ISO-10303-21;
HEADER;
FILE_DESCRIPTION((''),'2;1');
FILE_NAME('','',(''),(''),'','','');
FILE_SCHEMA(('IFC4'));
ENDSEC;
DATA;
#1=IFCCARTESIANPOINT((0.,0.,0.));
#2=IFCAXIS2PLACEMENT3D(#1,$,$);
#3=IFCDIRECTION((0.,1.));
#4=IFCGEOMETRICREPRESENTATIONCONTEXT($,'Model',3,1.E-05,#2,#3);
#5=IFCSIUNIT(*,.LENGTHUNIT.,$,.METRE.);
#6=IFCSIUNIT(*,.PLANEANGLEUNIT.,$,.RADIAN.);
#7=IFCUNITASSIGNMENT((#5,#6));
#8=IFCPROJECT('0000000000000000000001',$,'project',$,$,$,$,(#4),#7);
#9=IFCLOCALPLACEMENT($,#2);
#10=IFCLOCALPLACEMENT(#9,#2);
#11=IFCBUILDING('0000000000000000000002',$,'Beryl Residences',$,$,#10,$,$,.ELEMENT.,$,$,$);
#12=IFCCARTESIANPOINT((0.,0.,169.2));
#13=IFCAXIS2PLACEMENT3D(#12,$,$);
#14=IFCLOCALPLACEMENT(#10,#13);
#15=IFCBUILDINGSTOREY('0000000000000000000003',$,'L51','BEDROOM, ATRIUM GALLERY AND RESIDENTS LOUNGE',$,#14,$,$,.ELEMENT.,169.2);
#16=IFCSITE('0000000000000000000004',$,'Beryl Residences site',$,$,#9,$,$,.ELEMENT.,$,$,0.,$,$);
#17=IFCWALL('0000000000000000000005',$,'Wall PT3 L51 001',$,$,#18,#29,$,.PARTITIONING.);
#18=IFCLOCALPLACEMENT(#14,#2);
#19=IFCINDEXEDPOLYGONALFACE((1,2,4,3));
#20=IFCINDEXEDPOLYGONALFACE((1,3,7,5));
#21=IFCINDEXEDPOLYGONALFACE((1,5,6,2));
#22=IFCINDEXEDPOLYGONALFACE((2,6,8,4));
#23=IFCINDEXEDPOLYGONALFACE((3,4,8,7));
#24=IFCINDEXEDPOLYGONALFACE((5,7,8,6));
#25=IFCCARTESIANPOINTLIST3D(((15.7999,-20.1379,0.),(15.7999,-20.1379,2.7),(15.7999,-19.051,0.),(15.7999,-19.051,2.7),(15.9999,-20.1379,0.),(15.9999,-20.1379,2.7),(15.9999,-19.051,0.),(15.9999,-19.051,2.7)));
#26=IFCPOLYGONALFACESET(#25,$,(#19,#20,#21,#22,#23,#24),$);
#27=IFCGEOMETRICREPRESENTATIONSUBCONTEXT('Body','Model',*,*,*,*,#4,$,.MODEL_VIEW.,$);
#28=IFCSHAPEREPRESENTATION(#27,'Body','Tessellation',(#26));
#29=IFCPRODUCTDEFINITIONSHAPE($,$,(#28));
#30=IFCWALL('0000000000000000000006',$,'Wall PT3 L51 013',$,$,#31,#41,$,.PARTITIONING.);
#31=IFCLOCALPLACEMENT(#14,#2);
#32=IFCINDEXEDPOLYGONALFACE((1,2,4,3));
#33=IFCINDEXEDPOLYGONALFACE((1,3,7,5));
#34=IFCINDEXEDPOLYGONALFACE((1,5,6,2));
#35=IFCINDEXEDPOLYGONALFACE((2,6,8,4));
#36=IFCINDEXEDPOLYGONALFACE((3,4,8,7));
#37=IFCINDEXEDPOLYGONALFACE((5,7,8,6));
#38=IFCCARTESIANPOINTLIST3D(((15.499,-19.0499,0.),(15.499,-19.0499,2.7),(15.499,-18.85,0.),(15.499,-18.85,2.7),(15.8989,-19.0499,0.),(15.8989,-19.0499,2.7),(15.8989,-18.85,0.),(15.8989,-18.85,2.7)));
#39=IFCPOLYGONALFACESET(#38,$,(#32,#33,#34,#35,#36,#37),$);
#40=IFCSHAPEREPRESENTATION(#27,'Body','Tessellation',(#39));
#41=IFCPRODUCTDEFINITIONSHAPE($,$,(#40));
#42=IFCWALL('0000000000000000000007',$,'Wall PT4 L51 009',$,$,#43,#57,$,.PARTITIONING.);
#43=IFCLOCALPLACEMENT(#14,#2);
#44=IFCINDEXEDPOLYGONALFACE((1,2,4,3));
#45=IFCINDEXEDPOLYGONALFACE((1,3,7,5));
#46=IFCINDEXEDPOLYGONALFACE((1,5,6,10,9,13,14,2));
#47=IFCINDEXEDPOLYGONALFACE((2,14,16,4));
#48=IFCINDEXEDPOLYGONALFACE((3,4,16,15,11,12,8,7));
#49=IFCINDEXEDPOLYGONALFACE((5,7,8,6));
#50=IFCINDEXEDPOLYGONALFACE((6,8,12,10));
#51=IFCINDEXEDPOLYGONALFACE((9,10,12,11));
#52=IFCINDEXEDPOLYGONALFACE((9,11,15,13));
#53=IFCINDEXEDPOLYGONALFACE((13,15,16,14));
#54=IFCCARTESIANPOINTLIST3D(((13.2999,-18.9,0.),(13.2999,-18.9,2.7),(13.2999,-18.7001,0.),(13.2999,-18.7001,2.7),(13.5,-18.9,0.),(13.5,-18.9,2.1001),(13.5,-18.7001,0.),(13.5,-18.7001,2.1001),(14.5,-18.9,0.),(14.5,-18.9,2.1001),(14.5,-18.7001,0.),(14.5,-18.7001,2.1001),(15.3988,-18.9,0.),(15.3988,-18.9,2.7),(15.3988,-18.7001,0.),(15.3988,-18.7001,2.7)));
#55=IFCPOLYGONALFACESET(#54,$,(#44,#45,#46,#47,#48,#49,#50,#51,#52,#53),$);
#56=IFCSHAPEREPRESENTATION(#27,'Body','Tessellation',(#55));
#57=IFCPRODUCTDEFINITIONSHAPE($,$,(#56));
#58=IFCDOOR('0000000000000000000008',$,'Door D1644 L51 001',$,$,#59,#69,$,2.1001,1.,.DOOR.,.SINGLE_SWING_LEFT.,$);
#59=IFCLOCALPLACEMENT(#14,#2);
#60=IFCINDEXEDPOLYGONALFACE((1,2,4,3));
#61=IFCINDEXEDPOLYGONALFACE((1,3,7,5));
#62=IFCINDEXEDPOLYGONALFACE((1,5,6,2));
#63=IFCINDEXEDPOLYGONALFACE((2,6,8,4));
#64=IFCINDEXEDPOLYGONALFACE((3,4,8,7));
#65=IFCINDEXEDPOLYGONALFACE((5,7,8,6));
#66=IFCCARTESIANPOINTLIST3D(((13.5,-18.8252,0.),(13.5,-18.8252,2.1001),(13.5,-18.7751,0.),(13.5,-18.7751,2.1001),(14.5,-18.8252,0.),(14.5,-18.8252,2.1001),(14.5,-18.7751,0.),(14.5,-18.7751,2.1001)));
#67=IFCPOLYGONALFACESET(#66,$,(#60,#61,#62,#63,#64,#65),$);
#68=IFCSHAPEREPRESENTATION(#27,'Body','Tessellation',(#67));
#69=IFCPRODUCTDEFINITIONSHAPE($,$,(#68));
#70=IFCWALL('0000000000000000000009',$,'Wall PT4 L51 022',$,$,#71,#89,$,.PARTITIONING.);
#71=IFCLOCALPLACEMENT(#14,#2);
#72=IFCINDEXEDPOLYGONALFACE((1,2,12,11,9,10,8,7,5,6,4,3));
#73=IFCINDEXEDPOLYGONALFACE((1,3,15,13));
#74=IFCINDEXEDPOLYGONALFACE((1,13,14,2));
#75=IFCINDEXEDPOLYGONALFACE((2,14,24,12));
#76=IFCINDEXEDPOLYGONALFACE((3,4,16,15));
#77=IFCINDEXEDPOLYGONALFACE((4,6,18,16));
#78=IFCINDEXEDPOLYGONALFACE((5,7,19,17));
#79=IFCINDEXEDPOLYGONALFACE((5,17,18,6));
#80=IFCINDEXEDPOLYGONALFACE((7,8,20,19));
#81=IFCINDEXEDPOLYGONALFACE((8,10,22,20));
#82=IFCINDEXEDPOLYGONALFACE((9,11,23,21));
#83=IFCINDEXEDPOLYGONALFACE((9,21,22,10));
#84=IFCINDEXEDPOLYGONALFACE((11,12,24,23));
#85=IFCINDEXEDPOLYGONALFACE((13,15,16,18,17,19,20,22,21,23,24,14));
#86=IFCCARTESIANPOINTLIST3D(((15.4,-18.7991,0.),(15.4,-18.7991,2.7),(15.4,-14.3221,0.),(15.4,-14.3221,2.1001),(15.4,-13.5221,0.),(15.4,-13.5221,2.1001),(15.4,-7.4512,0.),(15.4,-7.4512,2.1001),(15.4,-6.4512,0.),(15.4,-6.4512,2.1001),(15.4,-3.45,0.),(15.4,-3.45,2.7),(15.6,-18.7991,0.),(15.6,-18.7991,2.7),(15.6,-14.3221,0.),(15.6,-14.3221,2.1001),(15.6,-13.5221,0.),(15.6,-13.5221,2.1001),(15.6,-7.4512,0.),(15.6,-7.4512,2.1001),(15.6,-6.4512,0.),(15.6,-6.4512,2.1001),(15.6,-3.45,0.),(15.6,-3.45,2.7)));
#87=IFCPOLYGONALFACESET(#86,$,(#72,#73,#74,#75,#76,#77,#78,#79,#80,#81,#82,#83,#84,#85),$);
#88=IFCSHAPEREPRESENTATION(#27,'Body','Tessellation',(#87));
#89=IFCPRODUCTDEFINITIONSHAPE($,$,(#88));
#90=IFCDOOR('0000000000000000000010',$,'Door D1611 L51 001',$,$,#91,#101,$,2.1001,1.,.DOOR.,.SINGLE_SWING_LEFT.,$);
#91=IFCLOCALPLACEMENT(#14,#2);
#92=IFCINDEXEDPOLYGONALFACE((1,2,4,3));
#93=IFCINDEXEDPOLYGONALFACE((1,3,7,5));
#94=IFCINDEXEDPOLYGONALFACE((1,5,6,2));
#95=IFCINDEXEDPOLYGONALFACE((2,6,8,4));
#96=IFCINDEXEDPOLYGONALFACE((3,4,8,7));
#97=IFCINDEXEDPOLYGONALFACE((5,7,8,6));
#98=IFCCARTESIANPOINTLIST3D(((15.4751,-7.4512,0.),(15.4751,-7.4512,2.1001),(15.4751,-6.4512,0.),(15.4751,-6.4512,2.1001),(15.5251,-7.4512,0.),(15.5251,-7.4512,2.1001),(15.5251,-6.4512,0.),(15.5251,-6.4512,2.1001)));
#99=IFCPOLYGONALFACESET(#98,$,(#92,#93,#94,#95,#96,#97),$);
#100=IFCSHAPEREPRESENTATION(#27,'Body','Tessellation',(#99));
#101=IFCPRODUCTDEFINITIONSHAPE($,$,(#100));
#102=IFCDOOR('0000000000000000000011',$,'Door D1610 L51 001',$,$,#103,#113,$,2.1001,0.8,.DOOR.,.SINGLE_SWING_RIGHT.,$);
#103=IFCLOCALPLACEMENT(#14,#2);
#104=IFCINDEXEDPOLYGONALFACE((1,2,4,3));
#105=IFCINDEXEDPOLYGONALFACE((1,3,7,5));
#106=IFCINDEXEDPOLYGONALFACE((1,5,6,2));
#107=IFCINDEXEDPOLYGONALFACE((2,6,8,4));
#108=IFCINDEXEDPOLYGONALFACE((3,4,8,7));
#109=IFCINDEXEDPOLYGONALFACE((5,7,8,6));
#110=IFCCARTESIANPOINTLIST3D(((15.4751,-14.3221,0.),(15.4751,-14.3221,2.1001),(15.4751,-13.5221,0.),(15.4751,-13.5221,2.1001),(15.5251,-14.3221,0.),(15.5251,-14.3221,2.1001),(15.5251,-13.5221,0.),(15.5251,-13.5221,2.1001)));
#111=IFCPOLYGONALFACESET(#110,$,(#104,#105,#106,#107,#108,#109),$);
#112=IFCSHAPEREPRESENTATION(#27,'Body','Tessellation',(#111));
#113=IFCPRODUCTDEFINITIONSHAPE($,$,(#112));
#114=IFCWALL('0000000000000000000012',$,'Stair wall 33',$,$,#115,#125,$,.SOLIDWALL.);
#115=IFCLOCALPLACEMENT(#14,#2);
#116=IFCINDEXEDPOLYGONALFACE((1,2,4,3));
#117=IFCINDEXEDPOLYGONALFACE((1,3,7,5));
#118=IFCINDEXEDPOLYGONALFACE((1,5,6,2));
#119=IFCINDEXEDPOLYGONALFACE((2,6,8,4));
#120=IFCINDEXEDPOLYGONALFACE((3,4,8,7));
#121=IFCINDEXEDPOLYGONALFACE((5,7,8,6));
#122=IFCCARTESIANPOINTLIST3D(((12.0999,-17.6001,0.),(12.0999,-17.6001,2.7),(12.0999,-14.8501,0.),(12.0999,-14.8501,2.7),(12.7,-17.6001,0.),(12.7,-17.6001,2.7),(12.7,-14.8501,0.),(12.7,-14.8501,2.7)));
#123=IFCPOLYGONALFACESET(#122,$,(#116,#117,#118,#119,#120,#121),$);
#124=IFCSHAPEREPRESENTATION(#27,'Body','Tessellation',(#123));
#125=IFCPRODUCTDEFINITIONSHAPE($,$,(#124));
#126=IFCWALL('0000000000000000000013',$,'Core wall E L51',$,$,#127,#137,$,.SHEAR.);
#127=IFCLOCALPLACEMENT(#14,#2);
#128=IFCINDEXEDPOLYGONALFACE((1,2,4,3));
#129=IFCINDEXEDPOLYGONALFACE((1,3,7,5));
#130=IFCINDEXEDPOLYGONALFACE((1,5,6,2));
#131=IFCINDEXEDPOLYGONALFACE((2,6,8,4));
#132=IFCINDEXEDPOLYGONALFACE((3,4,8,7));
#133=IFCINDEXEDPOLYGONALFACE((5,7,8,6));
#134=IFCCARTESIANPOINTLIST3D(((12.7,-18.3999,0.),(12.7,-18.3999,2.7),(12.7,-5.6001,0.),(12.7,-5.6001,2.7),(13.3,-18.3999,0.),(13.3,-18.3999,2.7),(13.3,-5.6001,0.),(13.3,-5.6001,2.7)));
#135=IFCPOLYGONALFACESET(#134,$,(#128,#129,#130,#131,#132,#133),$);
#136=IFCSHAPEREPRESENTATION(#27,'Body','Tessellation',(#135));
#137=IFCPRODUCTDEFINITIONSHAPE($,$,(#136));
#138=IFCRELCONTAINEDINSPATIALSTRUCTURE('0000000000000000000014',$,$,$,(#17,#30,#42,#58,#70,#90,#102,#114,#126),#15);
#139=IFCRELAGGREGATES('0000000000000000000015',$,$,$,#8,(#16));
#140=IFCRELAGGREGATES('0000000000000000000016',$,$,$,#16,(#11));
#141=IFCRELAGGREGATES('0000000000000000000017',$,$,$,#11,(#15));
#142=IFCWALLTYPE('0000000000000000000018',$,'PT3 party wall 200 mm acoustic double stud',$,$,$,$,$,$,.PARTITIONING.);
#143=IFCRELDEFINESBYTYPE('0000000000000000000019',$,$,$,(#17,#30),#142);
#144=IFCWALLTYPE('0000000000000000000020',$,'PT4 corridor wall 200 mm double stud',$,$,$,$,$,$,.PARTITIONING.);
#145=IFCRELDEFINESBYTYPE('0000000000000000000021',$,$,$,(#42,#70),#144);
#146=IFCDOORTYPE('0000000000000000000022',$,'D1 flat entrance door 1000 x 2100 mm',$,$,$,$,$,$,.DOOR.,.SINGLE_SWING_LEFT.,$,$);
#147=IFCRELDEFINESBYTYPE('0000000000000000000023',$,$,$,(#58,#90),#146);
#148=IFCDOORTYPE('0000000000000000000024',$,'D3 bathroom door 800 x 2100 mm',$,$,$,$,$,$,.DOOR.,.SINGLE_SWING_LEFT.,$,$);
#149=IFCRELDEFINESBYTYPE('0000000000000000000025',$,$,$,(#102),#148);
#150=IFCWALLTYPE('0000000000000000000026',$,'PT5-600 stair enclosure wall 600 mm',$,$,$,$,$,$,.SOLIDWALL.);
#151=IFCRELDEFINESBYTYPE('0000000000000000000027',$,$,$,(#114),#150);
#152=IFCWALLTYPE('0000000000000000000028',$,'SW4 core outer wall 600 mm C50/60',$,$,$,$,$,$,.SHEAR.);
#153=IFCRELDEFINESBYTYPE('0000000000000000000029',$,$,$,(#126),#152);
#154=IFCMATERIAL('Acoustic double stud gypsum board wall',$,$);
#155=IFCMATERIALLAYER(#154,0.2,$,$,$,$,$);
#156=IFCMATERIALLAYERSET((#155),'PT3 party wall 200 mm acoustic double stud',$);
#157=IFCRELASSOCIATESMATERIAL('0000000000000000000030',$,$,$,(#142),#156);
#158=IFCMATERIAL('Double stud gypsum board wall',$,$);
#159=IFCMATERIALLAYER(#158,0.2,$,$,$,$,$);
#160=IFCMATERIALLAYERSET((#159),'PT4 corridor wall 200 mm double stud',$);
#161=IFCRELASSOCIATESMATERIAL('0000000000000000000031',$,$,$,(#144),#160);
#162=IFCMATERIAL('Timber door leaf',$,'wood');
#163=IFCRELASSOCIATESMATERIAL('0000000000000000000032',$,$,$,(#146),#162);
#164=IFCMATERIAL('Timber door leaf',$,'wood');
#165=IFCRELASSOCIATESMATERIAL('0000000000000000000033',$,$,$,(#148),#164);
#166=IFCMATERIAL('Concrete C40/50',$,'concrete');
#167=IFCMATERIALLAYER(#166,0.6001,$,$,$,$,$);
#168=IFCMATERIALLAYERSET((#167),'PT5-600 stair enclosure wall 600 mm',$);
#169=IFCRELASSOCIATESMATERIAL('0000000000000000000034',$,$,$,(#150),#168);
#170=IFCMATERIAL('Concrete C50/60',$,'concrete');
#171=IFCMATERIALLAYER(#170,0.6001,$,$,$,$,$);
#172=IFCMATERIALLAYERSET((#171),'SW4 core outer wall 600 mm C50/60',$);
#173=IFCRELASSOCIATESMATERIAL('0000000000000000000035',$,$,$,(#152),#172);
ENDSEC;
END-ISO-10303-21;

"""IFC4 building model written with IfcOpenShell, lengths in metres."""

from ifc_helpers import new_model, si_unit, direction, frame, frame_2d, origin, place, context, subcontext, project, spatial, rectangle, extrude, material, layer, layer_set, type_object, element, fill, save


model = new_model("IFC4")

# Units and contexts
model_context = context("Model", 3, precision=1e-05, world=origin(), true_north=direction((0.0, 1.0)))
body_context = subcontext(model_context, "Body", "Model", "MODEL_VIEW")
ifc_project = project(units=[si_unit("LENGTHUNIT", "METRE"), si_unit("PLANEANGLEUNIT", "RADIAN")], contexts=[model_context])

# Site, building, storey
site_placement = place(None, origin())
site = spatial("IfcSite", under=ifc_project, at=site_placement, Name="Beryl Residences site", CompositionType="ELEMENT", RefElevation=0.0)
building_placement = place(site_placement, origin())
building = spatial("IfcBuilding", under=site, at=building_placement, Name="Beryl Residences", CompositionType="ELEMENT")
storey_placement = place(building_placement, frame((0.0, 0.0, 169.2)))
storey = spatial("IfcBuildingStorey", under=building, at=storey_placement, Name="L51", Description="BEDROOM, ATRIUM GALLERY AND RESIDENTS LOUNGE", CompositionType="ELEMENT", Elevation=169.2)

# Walls
ifc_material_1 = material(Name="Acoustic double stud gypsum board wall")
ifc_layer_1 = layer(ifc_material_1, 0.2)
ifc_layer_set_1 = layer_set([ifc_layer_1], Name="PT3 party wall 200 mm acoustic double stud")
wall_type_1 = type_object("IfcWallType", Name="PT3 party wall 200 mm acoustic double stud", PredefinedType="PARTITIONING", material=ifc_layer_set_1)
wall_1_placement = place(storey_placement, frame((15.8999, -19.051, 0.0), z_axis=(0.0, 0.0, 1.0), x_axis=(0.0, -1.0, 0.0)))
element("IfcWall", 1, at=wall_1_placement, inside=storey, type_object=wall_type_1, Name="Wall PT3 L51 001", PredefinedType="PARTITIONING", context=body_context, shape_type="SweptSolid", body=[
    extrude(rectangle(XDim=1.0869, YDim=0.2, at=frame_2d((0.5435, 0.0))), origin(), (0.0, 0.0, 1.0), 2.7),
])
wall_2_placement = place(storey_placement, frame((15.499, -18.95, 0.0), z_axis=(0.0, 0.0, 1.0), x_axis=(1.0, 0.0, 0.0)))
element("IfcWall", 2, at=wall_2_placement, inside=storey, type_object=wall_type_1, Name="Wall PT3 L51 013", PredefinedType="PARTITIONING", context=body_context, shape_type="SweptSolid", body=[
    extrude(rectangle(XDim=0.3999, YDim=0.2, at=frame_2d((0.2, 0.0))), origin(), (0.0, 0.0, 1.0), 2.7),
])

# Wall, opening, door
ifc_material_2 = material(Name="Double stud gypsum board wall")
ifc_layer_2 = layer(ifc_material_2, 0.2)
ifc_layer_set_2 = layer_set([ifc_layer_2], Name="PT4 corridor wall 200 mm double stud")
wall_type_2 = type_object("IfcWallType", Name="PT4 corridor wall 200 mm double stud", PredefinedType="PARTITIONING", material=ifc_layer_set_2)
wall_3_placement = place(storey_placement, frame((13.3, -18.8, 0.0), z_axis=(0.0, 0.0, 1.0), x_axis=(1.0, 0.0, 0.0)))
wall_3 = element("IfcWall", 3, at=wall_3_placement, inside=storey, type_object=wall_type_2, Name="Wall PT4 L51 009", PredefinedType="PARTITIONING", context=body_context, shape_type="SweptSolid", body=[
    extrude(rectangle(XDim=2.0989, YDim=0.2, at=frame_2d((1.0493, 0.0))), origin(), (0.0, 0.0, 1.0), 2.7),
])
opening_1_placement = place(wall_3_placement, frame((0.2, 0.0, 0.0)))
opening_1 = element("IfcOpeningElement", 4, at=opening_1_placement, cuts=wall_3, PredefinedType="OPENING", context=body_context, shape_type="SweptSolid", body=[
    extrude(rectangle(XDim=1.0, YDim=2.1001, at=frame_2d((0.5, 1.05))), frame((0.0, 0.1099, 0.0), z_axis=(0.0, -1.0, 0.0), x_axis=(1.0, 0.0, 0.0)), (0.0, 0.0, 1.0), 0.22),
])
ifc_material_3 = material(Name="Timber door leaf", Category="wood")
door_type_1 = type_object("IfcDoorType", Name="D1 flat entrance door 1000 x 2100 mm", OperationType="SINGLE_SWING_LEFT", PredefinedType="DOOR", material=ifc_material_3)
door_1_placement = place(opening_1_placement, origin())
door_1 = element("IfcDoor", 5, at=door_1_placement, inside=storey, type_object=door_type_1, Name="Door D1644 L51 001", OperationType="SINGLE_SWING_LEFT", OverallHeight=2.1001, OverallWidth=1.0, PredefinedType="DOOR", context=body_context, shape_type="SweptSolid", body=[
    extrude(rectangle(XDim=1.0, YDim=2.1001, at=frame_2d((0.5, 1.05))), frame((0.0, 0.0249, 0.0), z_axis=(0.0, -1.0, 0.0), x_axis=(1.0, 0.0, 0.0)), (0.0, 0.0, 1.0), 0.05),
])
fill(opening_1, door_1)

# Wall, openings, doors
wall_4_placement = place(storey_placement, frame((15.5, -18.7991, 0.0), z_axis=(0.0, 0.0, 1.0), x_axis=(0.0, 1.0, 0.0)))
wall_4 = element("IfcWall", 6, at=wall_4_placement, inside=storey, type_object=wall_type_2, Name="Wall PT4 L51 022", PredefinedType="PARTITIONING", context=body_context, shape_type="SweptSolid", body=[
    extrude(rectangle(XDim=15.3491, YDim=0.2, at=frame_2d((7.6746, 0.0))), origin(), (0.0, 0.0, 1.0), 2.7),
])
opening_2_placement = place(wall_4_placement, frame((4.4771, 0.0, 0.0)))
opening_2 = element("IfcOpeningElement", 7, at=opening_2_placement, cuts=wall_4, PredefinedType="OPENING", context=body_context, shape_type="SweptSolid", body=[
    extrude(rectangle(XDim=0.8, YDim=2.1001, at=frame_2d((0.3999, 1.05))), frame((0.0, 0.1099, 0.0), z_axis=(0.0, -1.0, 0.0), x_axis=(1.0, 0.0, 0.0)), (0.0, 0.0, 1.0), 0.22),
])
opening_3_placement = place(wall_4_placement, frame((11.3479, 0.0, 0.0)))
opening_3 = element("IfcOpeningElement", 8, at=opening_3_placement, cuts=wall_4, PredefinedType="OPENING", context=body_context, shape_type="SweptSolid", body=[
    extrude(rectangle(XDim=1.0, YDim=2.1001, at=frame_2d((0.5, 1.05))), frame((0.0, 0.1099, 0.0), z_axis=(0.0, -1.0, 0.0), x_axis=(1.0, 0.0, 0.0)), (0.0, 0.0, 1.0), 0.22),
])
door_2_placement = place(opening_3_placement, origin())
door_2 = element("IfcDoor", 9, at=door_2_placement, inside=storey, type_object=door_type_1, Name="Door D1611 L51 001", OperationType="SINGLE_SWING_LEFT", OverallHeight=2.1001, OverallWidth=1.0, PredefinedType="DOOR", context=body_context, shape_type="SweptSolid", body=[
    extrude(rectangle(XDim=1.0, YDim=2.1001, at=frame_2d((0.5, 1.05))), frame((0.0, 0.0249, 0.0), z_axis=(0.0, -1.0, 0.0), x_axis=(1.0, 0.0, 0.0)), (0.0, 0.0, 1.0), 0.05),
])
fill(opening_3, door_2)
ifc_material_4 = material(Name="Timber door leaf", Category="wood")
door_type_2 = type_object("IfcDoorType", Name="D3 bathroom door 800 x 2100 mm", OperationType="SINGLE_SWING_LEFT", PredefinedType="DOOR", material=ifc_material_4)
door_3_placement = place(opening_2_placement, origin())
door_3 = element("IfcDoor", 10, at=door_3_placement, inside=storey, type_object=door_type_2, Name="Door D1610 L51 001", OperationType="SINGLE_SWING_RIGHT", OverallHeight=2.1001, OverallWidth=0.8, PredefinedType="DOOR", context=body_context, shape_type="SweptSolid", body=[
    extrude(rectangle(XDim=0.8, YDim=2.1001, at=frame_2d((0.3999, 1.05))), frame((0.0, 0.0249, 0.0), z_axis=(0.0, -1.0, 0.0), x_axis=(1.0, 0.0, 0.0)), (0.0, 0.0, 1.0), 0.05),
])
fill(opening_2, door_3)

# Walls
ifc_material_5 = material(Name="Concrete C40/50", Category="concrete")
ifc_layer_3 = layer(ifc_material_5, 0.6001)
ifc_layer_set_3 = layer_set([ifc_layer_3], Name="PT5-600 stair enclosure wall 600 mm")
wall_type_3 = type_object("IfcWallType", Name="PT5-600 stair enclosure wall 600 mm", PredefinedType="SOLIDWALL", material=ifc_layer_set_3)
wall_5_placement = place(storey_placement, frame((12.3999, -17.6001, 0.0), z_axis=(0.0, 0.0, 1.0), x_axis=(0.0, 1.0, 0.0)))
element("IfcWall", 11, at=wall_5_placement, inside=storey, type_object=wall_type_3, Name="Stair wall 33", PredefinedType="SOLIDWALL", context=body_context, shape_type="SweptSolid", body=[
    extrude(rectangle(XDim=2.75, YDim=0.6001, at=frame_2d((1.375, 0.0))), origin(), (0.0, 0.0, 1.0), 2.7),
])
ifc_material_6 = material(Name="Concrete C50/60", Category="concrete")
ifc_layer_4 = layer(ifc_material_6, 0.6001)
ifc_layer_set_4 = layer_set([ifc_layer_4], Name="SW4 core outer wall 600 mm C50/60")
wall_type_4 = type_object("IfcWallType", Name="SW4 core outer wall 600 mm C50/60", PredefinedType="SHEAR", material=ifc_layer_set_4)
wall_6_placement = place(storey_placement, frame((13.0, -18.3999, 0.0), z_axis=(0.0, 0.0, 1.0), x_axis=(0.0, 1.0, 0.0)))
element("IfcWall", 12, at=wall_6_placement, inside=storey, type_object=wall_type_4, Name="Core wall E L51", PredefinedType="SHEAR", context=body_context, shape_type="SweptSolid", body=[
    extrude(rectangle(XDim=12.7998, YDim=0.6001, at=frame_2d((6.3999, 0.0))), origin(), (0.0, 0.0, 1.0), 2.7),
])

save(model, "model.ifc")
